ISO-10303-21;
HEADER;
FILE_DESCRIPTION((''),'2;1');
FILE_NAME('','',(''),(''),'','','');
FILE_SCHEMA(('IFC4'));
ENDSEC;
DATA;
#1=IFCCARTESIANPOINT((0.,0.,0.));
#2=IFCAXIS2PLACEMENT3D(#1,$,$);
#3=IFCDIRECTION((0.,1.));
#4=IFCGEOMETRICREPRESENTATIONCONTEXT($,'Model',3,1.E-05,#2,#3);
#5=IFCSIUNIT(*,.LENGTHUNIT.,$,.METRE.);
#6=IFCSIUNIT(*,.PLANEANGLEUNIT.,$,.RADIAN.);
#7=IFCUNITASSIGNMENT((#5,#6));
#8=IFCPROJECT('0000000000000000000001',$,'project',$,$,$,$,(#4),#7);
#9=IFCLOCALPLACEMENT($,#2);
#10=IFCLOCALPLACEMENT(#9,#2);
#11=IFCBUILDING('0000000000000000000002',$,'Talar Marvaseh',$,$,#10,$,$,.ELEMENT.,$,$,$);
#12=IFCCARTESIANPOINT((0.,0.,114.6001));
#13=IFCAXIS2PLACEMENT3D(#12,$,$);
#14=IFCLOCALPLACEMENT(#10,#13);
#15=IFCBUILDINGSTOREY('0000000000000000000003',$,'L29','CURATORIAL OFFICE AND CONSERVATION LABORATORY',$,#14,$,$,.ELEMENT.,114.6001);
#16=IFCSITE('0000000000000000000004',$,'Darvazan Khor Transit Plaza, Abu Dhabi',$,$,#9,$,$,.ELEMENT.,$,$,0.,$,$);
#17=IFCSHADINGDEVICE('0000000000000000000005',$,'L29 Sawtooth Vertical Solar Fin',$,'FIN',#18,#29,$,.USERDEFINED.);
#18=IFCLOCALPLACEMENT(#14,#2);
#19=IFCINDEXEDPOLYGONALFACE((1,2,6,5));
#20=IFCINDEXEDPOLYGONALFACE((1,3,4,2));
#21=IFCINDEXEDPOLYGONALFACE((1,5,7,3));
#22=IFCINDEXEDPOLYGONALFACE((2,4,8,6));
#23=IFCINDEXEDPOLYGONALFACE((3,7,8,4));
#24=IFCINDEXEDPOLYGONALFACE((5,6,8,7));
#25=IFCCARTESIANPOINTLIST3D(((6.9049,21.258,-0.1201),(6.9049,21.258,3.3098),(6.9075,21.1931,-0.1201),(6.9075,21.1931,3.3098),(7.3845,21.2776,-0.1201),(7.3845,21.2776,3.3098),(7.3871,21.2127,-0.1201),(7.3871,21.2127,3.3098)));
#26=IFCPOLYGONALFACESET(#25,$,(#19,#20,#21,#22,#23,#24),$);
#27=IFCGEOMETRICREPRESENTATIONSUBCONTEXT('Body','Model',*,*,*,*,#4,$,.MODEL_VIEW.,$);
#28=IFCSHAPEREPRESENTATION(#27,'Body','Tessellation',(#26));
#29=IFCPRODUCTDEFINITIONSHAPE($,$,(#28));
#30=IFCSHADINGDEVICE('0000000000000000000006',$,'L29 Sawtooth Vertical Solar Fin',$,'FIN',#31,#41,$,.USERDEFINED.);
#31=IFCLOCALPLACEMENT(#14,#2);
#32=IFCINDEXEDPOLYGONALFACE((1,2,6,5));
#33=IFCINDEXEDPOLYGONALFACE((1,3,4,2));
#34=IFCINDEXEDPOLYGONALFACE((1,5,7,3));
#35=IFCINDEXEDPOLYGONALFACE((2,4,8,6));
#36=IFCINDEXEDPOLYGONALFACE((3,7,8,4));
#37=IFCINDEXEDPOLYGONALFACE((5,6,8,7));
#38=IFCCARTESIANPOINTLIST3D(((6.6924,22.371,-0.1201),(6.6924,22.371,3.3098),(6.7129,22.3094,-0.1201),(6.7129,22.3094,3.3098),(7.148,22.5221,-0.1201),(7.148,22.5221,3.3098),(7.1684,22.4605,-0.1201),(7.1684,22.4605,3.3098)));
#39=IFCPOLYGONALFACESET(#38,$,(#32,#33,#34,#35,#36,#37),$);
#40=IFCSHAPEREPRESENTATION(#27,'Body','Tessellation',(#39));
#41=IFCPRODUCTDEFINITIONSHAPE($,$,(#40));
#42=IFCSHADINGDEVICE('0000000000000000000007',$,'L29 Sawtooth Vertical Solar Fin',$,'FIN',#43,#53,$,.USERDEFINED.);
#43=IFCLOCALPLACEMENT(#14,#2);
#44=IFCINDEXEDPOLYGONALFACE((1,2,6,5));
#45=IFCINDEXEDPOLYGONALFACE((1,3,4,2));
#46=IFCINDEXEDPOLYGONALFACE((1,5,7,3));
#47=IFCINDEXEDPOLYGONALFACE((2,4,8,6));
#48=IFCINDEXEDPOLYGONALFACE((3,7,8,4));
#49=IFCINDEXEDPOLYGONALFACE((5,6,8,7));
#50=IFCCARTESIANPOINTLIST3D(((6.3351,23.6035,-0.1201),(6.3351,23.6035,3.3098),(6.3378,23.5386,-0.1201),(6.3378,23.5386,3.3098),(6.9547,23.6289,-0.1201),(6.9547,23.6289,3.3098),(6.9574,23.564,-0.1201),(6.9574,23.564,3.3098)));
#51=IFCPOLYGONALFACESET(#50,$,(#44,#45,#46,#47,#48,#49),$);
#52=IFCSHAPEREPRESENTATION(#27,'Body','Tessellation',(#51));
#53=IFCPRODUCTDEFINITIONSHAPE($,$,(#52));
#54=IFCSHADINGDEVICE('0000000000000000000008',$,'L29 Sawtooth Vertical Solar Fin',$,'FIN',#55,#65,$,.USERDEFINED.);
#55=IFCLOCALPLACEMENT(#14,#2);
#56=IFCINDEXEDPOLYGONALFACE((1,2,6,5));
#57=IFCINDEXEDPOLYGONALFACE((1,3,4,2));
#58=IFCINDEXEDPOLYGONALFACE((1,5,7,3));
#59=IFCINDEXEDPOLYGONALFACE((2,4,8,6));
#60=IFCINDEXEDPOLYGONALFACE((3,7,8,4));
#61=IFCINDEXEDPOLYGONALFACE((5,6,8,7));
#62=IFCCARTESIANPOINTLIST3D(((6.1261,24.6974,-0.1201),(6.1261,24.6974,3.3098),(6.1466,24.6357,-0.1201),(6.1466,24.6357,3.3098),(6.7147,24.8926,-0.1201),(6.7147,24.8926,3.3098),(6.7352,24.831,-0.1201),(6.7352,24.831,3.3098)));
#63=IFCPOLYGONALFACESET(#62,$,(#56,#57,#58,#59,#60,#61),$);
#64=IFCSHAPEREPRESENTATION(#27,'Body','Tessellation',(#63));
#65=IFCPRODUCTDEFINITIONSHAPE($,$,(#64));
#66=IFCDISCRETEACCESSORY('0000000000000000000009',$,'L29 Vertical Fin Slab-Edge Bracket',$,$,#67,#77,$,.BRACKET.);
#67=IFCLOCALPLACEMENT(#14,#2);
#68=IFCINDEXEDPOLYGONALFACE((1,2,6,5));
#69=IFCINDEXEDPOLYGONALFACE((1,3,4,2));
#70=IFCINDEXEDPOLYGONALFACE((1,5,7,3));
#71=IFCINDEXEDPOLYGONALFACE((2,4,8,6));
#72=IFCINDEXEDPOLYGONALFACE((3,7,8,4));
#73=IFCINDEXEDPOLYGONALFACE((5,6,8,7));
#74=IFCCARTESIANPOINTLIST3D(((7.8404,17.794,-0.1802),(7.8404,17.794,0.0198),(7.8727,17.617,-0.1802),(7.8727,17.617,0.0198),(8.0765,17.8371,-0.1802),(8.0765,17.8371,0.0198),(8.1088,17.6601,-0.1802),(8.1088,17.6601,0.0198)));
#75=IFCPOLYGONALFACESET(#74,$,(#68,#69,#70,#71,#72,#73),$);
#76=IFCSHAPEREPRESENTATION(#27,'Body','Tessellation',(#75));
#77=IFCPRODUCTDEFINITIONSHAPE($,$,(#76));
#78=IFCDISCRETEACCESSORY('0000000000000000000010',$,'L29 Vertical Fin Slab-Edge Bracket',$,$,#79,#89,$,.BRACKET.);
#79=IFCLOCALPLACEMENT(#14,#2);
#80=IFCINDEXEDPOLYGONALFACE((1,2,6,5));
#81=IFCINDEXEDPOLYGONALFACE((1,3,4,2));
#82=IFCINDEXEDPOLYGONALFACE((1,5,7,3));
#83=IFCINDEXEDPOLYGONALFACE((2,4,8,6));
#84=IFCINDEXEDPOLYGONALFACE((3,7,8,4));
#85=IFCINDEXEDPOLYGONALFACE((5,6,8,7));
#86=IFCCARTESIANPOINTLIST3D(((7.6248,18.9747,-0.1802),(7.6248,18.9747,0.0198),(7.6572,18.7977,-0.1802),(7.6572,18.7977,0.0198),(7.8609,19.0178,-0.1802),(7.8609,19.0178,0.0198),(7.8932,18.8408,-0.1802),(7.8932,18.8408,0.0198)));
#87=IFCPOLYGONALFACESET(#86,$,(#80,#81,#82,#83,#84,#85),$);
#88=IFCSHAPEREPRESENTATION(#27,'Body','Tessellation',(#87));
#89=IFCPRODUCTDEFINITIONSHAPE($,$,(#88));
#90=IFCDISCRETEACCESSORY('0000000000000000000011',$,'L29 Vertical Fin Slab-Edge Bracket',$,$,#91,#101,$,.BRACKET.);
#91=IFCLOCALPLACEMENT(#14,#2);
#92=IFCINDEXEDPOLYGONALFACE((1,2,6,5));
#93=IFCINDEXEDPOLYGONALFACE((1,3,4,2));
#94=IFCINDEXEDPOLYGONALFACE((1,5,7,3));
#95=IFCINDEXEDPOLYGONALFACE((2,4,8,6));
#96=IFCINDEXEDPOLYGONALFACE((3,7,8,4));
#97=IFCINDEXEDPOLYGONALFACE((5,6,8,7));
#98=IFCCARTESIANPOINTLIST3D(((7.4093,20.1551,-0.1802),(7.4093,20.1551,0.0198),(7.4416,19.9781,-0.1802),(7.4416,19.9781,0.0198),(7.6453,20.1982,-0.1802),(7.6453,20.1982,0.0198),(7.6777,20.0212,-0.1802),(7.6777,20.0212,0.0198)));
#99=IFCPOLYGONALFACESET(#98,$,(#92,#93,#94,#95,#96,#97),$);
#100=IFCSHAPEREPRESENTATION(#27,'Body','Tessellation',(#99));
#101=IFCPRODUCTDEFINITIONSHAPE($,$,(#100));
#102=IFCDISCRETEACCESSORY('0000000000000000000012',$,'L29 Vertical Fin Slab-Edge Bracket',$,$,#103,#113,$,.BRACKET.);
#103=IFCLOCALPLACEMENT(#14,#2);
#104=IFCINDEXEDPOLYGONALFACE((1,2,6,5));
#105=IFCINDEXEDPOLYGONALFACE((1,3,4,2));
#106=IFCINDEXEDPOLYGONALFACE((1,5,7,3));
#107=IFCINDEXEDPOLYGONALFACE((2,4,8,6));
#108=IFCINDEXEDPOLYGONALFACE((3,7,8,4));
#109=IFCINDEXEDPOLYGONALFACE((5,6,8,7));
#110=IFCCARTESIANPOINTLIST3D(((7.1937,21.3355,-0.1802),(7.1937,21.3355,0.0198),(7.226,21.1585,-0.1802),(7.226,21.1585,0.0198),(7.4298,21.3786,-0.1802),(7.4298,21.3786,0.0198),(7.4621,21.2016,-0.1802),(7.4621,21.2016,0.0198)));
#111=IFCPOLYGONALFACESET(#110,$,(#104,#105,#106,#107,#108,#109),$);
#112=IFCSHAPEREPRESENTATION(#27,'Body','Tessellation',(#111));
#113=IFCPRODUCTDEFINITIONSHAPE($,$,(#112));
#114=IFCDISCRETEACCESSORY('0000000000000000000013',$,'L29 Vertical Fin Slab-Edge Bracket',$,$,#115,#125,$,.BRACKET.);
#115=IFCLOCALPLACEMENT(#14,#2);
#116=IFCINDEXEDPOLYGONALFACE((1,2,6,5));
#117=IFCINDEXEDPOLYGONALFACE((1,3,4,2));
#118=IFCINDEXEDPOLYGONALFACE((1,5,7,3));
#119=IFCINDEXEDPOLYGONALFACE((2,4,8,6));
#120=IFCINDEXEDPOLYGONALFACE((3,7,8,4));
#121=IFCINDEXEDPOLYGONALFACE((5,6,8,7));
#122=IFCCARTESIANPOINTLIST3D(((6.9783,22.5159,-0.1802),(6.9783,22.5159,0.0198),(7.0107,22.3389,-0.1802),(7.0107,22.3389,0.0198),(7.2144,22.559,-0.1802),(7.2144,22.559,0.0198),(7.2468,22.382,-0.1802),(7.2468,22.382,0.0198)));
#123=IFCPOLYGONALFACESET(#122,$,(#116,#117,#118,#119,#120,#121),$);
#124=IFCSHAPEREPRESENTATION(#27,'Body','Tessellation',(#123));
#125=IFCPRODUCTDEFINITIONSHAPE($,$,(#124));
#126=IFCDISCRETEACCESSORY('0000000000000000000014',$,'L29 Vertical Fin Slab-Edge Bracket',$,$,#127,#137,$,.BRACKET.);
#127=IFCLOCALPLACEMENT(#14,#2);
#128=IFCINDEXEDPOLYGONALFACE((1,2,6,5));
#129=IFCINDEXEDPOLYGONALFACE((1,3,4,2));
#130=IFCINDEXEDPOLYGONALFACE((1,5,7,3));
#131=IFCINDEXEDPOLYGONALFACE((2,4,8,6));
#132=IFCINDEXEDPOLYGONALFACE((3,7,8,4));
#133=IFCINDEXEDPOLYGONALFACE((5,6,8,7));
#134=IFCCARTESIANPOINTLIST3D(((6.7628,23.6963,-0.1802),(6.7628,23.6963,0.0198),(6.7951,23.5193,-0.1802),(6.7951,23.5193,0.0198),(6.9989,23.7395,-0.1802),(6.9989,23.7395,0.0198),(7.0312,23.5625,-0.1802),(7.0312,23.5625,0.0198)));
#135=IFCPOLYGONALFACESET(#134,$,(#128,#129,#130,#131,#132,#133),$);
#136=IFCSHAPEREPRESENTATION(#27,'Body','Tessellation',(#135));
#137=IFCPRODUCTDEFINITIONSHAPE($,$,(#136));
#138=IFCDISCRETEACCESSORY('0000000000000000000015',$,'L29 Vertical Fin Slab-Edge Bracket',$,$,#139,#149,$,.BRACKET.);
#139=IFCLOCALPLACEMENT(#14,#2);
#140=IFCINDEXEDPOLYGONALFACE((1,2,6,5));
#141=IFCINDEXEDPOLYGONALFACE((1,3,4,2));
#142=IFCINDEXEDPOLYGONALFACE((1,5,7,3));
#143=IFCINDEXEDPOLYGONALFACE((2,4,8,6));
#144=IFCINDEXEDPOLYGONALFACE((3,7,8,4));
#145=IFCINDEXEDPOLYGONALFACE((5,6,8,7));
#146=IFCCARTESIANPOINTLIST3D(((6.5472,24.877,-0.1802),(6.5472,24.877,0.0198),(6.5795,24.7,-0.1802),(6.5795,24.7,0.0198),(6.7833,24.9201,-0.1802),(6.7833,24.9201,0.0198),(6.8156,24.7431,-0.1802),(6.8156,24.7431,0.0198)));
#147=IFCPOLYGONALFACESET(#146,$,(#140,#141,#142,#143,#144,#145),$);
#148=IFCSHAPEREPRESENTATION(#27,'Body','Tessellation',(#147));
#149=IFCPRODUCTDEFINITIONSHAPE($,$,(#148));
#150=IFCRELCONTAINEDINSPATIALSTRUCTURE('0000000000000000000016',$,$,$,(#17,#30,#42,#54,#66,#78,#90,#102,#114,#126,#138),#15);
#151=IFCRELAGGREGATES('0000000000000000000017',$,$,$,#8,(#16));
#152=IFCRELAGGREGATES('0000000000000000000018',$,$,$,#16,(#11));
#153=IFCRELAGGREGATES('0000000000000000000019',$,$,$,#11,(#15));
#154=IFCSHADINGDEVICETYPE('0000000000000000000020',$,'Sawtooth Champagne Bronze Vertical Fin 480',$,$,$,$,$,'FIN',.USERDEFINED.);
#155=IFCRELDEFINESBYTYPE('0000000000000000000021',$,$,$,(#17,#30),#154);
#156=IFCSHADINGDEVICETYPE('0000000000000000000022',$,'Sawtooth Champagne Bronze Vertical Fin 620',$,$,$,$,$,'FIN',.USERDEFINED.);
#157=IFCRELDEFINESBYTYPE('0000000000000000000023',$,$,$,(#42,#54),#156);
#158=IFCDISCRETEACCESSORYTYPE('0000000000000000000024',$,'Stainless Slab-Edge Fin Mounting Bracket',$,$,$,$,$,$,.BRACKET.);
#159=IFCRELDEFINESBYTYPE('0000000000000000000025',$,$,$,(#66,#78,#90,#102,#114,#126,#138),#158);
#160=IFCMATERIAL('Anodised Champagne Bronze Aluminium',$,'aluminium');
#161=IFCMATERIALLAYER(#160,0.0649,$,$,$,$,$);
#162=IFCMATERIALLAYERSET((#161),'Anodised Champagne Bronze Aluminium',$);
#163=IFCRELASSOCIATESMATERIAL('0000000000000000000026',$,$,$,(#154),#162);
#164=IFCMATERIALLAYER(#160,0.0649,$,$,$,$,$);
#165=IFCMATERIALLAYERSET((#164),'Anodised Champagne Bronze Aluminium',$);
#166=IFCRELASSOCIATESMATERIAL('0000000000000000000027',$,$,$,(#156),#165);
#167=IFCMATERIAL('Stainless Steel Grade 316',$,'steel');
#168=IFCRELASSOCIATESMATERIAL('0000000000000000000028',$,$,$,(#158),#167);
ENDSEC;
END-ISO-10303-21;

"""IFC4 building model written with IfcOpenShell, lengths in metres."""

from ifc_helpers import new_model, si_unit, direction, frame, origin, origin_2d, place, context, subcontext, project, spatial, rectangle, extrude, source, transform, mapped, material, layer, layer_set, type_object, type_shapes, element, save


model = new_model("IFC4")

# Units and contexts
model_context = context("Model", 3, precision=1e-05, world=origin(), true_north=direction((0.0, 1.0)))
body_context = subcontext(model_context, "Body", "Model", "MODEL_VIEW")
ifc_project = project(units=[si_unit("LENGTHUNIT", "METRE"), si_unit("PLANEANGLEUNIT", "RADIAN")], contexts=[model_context])

# Site, building, storey
site_placement = place(None, origin())
site = spatial("IfcSite", under=ifc_project, at=site_placement, Name="Darvazan Khor Transit Plaza, Abu Dhabi", CompositionType="ELEMENT", RefElevation=0.0)
building_placement = place(site_placement, origin())
building = spatial("IfcBuilding", under=site, at=building_placement, Name="Talar Marvaseh", CompositionType="ELEMENT")
storey_placement = place(building_placement, frame((0.0, 0.0, 114.6001)))
storey = spatial("IfcBuildingStorey", under=building, at=storey_placement, Name="L29", Description="CURATORIAL OFFICE AND CONSERVATION LABORATORY", CompositionType="ELEMENT", Elevation=114.6001)

# Shading devices
ifc_material_1 = material(Name="Anodised Champagne Bronze Aluminium", Category="aluminium")
ifc_layer_1 = layer(ifc_material_1, 0.0649)
ifc_layer_set_1 = layer_set([ifc_layer_1], Name="Anodised Champagne Bronze Aluminium")
shading_device_type_1 = type_object("IfcShadingDeviceType", Name="Sawtooth Champagne Bronze Vertical Fin 480", ElementType="FIN", PredefinedType="USERDEFINED", material=ifc_layer_set_1)
shared_shape_1 = source(origin(), body_context, "Body", "SweptSolid", [
    extrude(rectangle(XDim=0.48, YDim=0.0649, at=origin_2d()), origin(), (0.0, 0.0, 1.0), 3.4299),
])
type_shapes(shading_device_type_1, [shared_shape_1])
for number, where, z_axis, x_axis, name in (
    (1, (7.146, 21.2354, -0.1201), (0.0, 0.0, 1.0), (-0.999159, -0.041004, 0.0), "L29 Sawtooth Vertical Solar Fin"),
    (2, (6.9304, 22.4158, -0.1201), (0.0, 0.0, 1.0), (-0.949151, -0.314821, 0.0), "L29 Sawtooth Vertical Solar Fin"),
):
    element("IfcShadingDevice", number, at=place(storey_placement, frame(where, z_axis=z_axis, x_axis=x_axis)), inside=storey, type_object=shading_device_type_1, Name=name, ObjectType="FIN", PredefinedType="USERDEFINED", context=body_context, shape_type="MappedRepresentation", body=[
        mapped(shared_shape_1, transform((0.0, 0.0, 0.0), x_axis=(1.0, 0.0, 0.0), y_axis=(0.0, 1.0, 0.0), z_axis=(0.0, 0.0, 1.0), scale=1.0)),
    ])
ifc_layer_2 = layer(ifc_material_1, 0.0649)
ifc_layer_set_2 = layer_set([ifc_layer_2], Name="Anodised Champagne Bronze Aluminium")
shading_device_type_2 = type_object("IfcShadingDeviceType", Name="Sawtooth Champagne Bronze Vertical Fin 620", ElementType="FIN", PredefinedType="USERDEFINED", material=ifc_layer_set_2)
shared_shape_2 = source(origin(), body_context, "Body", "SweptSolid", [
    extrude(rectangle(XDim=0.6201, YDim=0.0649, at=origin_2d()), origin(), (0.0, 0.0, 1.0), 3.4299),
])
type_shapes(shading_device_type_2, [shared_shape_2])
for number, where, z_axis, x_axis, name in (
    (3, (6.6462, 23.5837, -0.1201), (0.0, 0.0, 1.0), (-0.999159, -0.041004, 0.0), "L29 Sawtooth Vertical Solar Fin"),
    (4, (6.4307, 24.7642, -0.1201), (0.0, 0.0, 1.0), (-0.949151, -0.314821, 0.0), "L29 Sawtooth Vertical Solar Fin"),
):
    element("IfcShadingDevice", number, at=place(storey_placement, frame(where, z_axis=z_axis, x_axis=x_axis)), inside=storey, type_object=shading_device_type_2, Name=name, ObjectType="FIN", PredefinedType="USERDEFINED", context=body_context, shape_type="MappedRepresentation", body=[
        mapped(shared_shape_2, transform((0.0, 0.0, 0.0), x_axis=(1.0, 0.0, 0.0), y_axis=(0.0, 1.0, 0.0), z_axis=(0.0, 0.0, 1.0), scale=1.0)),
    ])

# Discrete accessories
ifc_material_2 = material(Name="Stainless Steel Grade 316", Category="steel")
discrete_accessory_type = type_object("IfcDiscreteAccessoryType", Name="Stainless Slab-Edge Fin Mounting Bracket", PredefinedType="BRACKET", material=ifc_material_2)
shared_shape_3 = source(origin(), body_context, "Body", "SweptSolid", [
    extrude(rectangle(XDim=0.24, YDim=0.1799, at=origin_2d()), origin(), (0.0, 0.0, 1.0), 0.2),
])
type_shapes(discrete_accessory_type, [shared_shape_3])
for number, where, z_axis, x_axis, name in (
    (5, (7.9746, 17.7271, -0.1802), (0.0, 0.0, 1.0), (-0.983729, -0.179661, 0.0), "L29 Vertical Fin Slab-Edge Bracket"),
    (6, (7.759, 18.9077, -0.1802), (0.0, 0.0, 1.0), (-0.983729, -0.179661, 0.0), "L29 Vertical Fin Slab-Edge Bracket"),
    (7, (7.5435, 20.0881, -0.1802), (0.0, 0.0, 1.0), (-0.983729, -0.179661, 0.0), "L29 Vertical Fin Slab-Edge Bracket"),
    (8, (7.3279, 21.2686, -0.1802), (0.0, 0.0, 1.0), (-0.983729, -0.179661, 0.0), "L29 Vertical Fin Slab-Edge Bracket"),
    (9, (7.1125, 22.449, -0.1802), (0.0, 0.0, 1.0), (-0.983729, -0.179661, 0.0), "L29 Vertical Fin Slab-Edge Bracket"),
    (10, (6.897, 23.6294, -0.1802), (0.0, 0.0, 1.0), (-0.983729, -0.179661, 0.0), "L29 Vertical Fin Slab-Edge Bracket"),
    (11, (6.6814, 24.8101, -0.1802), (0.0, 0.0, 1.0), (-0.983729, -0.179661, 0.0), "L29 Vertical Fin Slab-Edge Bracket"),
):
    element("IfcDiscreteAccessory", number, at=place(storey_placement, frame(where, z_axis=z_axis, x_axis=x_axis)), inside=storey, type_object=discrete_accessory_type, Name=name, PredefinedType="BRACKET", context=body_context, shape_type="MappedRepresentation", body=[
        mapped(shared_shape_3, transform((0.0, 0.0, 0.0), x_axis=(1.0, 0.0, 0.0), y_axis=(0.0, 1.0, 0.0), z_axis=(0.0, 0.0, 1.0), scale=1.0)),
    ])

save(model, "model.ifc")
